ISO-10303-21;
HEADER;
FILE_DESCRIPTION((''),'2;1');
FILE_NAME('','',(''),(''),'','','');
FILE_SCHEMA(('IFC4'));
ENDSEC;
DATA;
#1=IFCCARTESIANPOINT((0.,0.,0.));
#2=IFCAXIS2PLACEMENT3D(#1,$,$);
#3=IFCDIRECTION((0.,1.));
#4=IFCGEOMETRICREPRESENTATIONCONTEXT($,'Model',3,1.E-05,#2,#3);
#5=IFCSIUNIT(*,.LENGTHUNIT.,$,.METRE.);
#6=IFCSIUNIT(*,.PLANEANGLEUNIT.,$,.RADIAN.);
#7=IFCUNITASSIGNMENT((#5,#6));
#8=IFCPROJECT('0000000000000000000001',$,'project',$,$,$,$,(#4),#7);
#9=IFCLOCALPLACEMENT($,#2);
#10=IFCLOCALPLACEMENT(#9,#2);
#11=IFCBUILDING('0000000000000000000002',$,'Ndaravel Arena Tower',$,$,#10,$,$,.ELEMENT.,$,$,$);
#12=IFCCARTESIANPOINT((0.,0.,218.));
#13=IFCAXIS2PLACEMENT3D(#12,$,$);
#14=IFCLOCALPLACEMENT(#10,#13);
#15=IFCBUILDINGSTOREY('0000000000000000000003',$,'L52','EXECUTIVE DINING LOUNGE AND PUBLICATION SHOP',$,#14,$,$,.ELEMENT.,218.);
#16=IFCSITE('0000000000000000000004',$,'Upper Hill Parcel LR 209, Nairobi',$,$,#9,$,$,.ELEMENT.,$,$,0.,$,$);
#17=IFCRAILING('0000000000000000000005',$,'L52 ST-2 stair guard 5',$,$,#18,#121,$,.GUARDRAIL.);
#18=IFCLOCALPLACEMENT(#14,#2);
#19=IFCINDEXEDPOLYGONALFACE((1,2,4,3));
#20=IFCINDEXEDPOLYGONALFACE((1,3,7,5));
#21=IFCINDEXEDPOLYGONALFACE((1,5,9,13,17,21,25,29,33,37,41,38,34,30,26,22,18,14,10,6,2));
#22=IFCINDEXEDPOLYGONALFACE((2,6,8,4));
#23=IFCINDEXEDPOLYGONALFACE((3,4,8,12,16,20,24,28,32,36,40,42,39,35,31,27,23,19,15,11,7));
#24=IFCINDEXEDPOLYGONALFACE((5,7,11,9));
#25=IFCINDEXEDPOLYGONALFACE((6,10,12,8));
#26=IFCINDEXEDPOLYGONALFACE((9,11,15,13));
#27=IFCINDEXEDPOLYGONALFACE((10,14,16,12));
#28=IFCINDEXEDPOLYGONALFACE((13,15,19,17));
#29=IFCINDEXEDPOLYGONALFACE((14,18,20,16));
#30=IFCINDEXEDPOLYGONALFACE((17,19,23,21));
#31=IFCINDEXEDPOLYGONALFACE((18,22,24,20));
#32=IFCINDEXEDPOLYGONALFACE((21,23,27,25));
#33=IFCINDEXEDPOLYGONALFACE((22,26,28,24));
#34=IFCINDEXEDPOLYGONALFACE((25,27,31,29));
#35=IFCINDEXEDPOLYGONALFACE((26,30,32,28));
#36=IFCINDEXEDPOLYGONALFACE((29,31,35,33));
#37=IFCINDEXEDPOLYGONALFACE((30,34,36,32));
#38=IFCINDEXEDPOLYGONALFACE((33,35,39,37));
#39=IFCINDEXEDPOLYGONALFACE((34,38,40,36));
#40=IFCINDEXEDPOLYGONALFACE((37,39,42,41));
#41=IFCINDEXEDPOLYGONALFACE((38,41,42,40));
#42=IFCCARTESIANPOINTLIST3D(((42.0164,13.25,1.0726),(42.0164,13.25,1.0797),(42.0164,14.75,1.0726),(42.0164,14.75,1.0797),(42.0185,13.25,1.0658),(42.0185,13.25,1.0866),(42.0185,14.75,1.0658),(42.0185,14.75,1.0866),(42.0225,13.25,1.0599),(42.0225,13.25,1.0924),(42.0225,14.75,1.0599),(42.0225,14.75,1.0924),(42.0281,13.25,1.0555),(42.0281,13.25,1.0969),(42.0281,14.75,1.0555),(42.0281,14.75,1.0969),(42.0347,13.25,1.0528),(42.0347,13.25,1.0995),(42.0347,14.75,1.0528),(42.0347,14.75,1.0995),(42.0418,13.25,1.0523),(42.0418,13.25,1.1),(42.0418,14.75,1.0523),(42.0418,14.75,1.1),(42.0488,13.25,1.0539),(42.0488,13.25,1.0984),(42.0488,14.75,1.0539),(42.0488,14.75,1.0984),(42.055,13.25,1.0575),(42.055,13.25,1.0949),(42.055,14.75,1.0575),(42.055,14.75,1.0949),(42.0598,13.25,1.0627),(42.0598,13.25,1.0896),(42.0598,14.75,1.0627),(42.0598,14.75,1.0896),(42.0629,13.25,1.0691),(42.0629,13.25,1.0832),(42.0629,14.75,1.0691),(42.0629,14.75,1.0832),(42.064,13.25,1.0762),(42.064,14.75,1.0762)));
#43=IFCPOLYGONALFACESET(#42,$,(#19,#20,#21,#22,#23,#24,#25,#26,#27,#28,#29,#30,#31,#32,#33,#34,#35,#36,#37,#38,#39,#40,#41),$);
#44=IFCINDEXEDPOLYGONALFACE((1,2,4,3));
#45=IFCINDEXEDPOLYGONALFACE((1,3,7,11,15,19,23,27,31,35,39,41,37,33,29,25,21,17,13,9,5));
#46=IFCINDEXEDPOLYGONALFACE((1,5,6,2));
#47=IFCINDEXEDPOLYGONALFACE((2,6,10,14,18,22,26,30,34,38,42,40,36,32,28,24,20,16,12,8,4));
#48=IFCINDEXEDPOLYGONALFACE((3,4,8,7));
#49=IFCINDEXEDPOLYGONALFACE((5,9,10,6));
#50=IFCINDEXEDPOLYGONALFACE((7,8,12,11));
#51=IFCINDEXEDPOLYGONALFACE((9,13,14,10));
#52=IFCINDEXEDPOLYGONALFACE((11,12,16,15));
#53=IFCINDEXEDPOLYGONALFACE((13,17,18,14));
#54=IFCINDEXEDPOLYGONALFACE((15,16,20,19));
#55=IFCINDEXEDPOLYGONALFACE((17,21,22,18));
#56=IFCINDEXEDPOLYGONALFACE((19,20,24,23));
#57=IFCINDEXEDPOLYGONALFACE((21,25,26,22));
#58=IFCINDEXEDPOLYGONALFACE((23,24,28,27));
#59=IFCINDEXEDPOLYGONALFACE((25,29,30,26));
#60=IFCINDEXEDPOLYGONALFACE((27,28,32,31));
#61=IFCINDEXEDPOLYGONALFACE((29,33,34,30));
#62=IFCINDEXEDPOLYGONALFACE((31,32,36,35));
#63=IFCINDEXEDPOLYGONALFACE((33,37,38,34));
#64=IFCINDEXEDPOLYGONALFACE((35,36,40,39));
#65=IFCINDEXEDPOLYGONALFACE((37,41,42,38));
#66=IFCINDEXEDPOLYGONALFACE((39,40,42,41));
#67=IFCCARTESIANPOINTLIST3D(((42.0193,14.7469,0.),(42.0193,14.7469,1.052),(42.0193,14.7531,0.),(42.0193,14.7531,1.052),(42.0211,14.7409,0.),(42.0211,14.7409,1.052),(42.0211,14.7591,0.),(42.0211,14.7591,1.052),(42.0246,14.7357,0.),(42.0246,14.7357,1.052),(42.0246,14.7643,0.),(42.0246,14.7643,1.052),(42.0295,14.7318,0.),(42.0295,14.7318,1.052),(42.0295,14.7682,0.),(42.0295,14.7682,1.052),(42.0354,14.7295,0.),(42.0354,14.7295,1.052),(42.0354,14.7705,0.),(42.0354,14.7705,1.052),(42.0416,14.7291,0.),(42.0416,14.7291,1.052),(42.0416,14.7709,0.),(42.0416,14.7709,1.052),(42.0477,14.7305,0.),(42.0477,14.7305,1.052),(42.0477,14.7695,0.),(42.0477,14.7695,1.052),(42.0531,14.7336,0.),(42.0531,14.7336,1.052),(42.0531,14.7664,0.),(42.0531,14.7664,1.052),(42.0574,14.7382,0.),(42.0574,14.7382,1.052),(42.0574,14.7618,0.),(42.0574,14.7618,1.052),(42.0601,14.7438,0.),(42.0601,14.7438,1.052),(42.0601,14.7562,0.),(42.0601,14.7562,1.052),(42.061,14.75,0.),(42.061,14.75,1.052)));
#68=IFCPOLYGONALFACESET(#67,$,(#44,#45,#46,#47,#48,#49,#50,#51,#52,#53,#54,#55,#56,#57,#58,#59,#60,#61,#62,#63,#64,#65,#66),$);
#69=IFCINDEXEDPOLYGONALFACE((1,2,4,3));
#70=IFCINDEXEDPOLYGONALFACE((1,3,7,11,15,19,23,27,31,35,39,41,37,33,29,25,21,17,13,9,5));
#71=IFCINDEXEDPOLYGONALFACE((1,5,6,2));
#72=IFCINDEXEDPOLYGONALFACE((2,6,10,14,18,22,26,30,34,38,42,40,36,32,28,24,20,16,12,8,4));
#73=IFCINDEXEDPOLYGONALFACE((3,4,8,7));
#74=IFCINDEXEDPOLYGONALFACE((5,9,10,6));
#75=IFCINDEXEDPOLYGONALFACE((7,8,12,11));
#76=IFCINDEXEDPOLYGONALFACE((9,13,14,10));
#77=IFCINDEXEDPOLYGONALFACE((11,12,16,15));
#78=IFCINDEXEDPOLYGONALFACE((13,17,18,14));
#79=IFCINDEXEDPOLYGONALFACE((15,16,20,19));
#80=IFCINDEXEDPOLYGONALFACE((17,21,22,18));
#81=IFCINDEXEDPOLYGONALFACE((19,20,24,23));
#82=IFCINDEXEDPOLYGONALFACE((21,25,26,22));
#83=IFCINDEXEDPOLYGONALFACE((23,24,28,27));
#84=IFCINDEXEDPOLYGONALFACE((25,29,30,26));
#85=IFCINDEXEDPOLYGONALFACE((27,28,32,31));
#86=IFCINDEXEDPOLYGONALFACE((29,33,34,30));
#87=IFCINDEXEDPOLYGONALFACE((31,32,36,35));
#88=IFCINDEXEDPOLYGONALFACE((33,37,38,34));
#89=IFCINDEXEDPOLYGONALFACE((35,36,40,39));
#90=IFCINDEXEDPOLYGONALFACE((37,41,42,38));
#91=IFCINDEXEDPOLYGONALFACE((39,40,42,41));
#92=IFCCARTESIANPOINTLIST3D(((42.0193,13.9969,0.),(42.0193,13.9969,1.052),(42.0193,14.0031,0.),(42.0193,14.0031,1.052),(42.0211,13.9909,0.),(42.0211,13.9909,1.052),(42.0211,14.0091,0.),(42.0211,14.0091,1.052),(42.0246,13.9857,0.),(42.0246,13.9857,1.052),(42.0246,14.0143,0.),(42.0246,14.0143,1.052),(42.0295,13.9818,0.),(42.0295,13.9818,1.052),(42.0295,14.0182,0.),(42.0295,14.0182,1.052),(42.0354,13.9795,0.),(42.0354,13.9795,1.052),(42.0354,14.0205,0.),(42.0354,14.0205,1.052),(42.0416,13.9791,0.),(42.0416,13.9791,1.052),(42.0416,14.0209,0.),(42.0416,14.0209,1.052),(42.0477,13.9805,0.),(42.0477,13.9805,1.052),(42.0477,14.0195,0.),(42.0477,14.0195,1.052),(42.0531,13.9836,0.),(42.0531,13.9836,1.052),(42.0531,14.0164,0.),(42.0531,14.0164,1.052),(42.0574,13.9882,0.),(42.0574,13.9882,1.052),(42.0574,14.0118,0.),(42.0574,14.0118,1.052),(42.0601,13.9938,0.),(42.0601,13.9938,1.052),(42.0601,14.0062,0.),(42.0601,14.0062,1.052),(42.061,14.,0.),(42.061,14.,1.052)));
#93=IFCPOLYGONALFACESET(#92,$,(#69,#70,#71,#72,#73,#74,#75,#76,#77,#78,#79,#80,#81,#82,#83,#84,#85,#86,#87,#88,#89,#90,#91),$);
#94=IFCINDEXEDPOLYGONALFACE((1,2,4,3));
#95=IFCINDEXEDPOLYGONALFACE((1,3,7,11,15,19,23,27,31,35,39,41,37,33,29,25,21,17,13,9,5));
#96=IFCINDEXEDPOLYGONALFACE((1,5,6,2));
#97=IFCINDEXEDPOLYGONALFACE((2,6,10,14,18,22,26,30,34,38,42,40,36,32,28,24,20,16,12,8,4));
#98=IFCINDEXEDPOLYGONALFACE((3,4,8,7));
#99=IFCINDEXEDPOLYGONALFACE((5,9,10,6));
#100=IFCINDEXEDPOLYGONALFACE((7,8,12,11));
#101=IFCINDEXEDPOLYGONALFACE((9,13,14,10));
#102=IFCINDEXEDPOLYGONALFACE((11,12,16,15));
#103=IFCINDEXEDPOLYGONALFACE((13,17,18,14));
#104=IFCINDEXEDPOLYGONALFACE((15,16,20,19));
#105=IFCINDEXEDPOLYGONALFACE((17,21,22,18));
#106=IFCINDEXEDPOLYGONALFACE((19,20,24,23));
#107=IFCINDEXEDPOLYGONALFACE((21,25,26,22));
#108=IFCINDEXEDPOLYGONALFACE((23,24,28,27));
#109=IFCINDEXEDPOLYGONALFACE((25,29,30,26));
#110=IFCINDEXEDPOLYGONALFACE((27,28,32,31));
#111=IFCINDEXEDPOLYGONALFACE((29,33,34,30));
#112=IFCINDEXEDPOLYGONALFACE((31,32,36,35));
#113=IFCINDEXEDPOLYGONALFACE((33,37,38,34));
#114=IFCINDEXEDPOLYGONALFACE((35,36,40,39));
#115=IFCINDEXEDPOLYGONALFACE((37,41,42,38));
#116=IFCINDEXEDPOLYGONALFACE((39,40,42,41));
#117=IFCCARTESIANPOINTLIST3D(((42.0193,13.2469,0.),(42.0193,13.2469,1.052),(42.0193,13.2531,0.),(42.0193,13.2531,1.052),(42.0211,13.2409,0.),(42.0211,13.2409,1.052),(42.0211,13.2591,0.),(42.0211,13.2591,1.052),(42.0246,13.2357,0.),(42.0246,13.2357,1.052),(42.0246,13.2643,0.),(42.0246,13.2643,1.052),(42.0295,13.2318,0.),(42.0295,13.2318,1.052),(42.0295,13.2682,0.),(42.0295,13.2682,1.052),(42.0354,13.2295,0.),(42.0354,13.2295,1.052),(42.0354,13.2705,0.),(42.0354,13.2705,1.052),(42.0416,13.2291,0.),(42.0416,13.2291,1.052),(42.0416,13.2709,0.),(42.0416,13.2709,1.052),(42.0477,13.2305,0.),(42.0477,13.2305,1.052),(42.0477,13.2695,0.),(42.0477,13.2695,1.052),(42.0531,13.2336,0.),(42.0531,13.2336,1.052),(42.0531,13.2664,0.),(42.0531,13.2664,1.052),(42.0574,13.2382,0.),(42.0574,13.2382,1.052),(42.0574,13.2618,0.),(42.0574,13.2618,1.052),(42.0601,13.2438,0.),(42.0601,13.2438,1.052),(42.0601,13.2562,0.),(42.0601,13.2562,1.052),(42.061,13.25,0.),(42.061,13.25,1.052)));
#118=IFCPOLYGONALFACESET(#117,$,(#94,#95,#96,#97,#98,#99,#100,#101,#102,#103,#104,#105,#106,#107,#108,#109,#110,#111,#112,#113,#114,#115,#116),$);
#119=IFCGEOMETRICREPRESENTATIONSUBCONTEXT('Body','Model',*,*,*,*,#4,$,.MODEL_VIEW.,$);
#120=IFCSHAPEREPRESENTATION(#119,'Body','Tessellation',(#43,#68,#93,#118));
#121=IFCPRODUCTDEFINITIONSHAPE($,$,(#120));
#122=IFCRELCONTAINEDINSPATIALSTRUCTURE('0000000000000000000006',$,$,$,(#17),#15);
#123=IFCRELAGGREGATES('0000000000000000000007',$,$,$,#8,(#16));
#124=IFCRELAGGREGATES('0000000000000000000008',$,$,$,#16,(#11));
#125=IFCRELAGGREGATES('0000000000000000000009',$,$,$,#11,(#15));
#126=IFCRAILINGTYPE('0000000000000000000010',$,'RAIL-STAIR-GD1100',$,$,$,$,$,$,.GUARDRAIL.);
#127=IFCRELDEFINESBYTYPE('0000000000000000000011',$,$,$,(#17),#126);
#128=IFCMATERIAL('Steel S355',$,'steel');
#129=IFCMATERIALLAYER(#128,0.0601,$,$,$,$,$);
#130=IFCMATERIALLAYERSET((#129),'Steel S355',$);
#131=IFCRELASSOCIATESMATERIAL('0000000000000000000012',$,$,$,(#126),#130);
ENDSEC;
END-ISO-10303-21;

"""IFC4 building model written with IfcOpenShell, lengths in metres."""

from ifc_helpers import new_model, si_unit, direction, frame, origin, origin_2d, place, context, subcontext, project, spatial, circle, extrude, material, layer, layer_set, type_object, element, save


model = new_model("IFC4")

# Units and contexts
model_context = context("Model", 3, precision=1e-05, world=origin(), true_north=direction((0.0, 1.0)))
body_context = subcontext(model_context, "Body", "Model", "MODEL_VIEW")
ifc_project = project(units=[si_unit("LENGTHUNIT", "METRE"), si_unit("PLANEANGLEUNIT", "RADIAN")], contexts=[model_context])

# Site, building, storey
site_placement = place(None, origin())
site = spatial("IfcSite", under=ifc_project, at=site_placement, Name="Upper Hill Parcel LR 209, Nairobi", CompositionType="ELEMENT", RefElevation=0.0)
building_placement = place(site_placement, origin())
building = spatial("IfcBuilding", under=site, at=building_placement, Name="Ndaravel Arena Tower", CompositionType="ELEMENT")
storey_placement = place(building_placement, frame((0.0, 0.0, 218.0)))
storey = spatial("IfcBuildingStorey", under=building, at=storey_placement, Name="L52", Description="EXECUTIVE DINING LOUNGE AND PUBLICATION SHOP", CompositionType="ELEMENT", Elevation=218.0)

# Railing
ifc_material_1 = material(Name="Steel S355", Category="steel")
ifc_layer_1 = layer(ifc_material_1, 0.0601)
ifc_layer_set_1 = layer_set([ifc_layer_1], Name="Steel S355")
railing_type = type_object("IfcRailingType", Name="RAIL-STAIR-GD1100", PredefinedType="GUARDRAIL", material=ifc_layer_set_1)
railing_1_placement = place(storey_placement, frame((42.04, 14.75, 0.0)))
element("IfcRailing", 1, at=railing_1_placement, inside=storey, type_object=railing_type, Name="L52 ST-2 stair guard 5", PredefinedType="GUARDRAIL", context=body_context, shape_type="SweptSolid", body=[
    extrude(circle(Radius=0.0239, at=origin_2d()), frame((0.0, 0.0, 1.0762), z_axis=(0.0, -1.0, 0.0), x_axis=(1.0, 0.0, 0.0)), (0.0, 0.0, 1.0), 1.5),
    extrude(circle(Radius=0.021, at=origin_2d()), origin(), (0.0, 0.0, 1.0), 1.052),
    extrude(circle(Radius=0.021, at=origin_2d()), frame((0.0, -0.75, 0.0)), (0.0, 0.0, 1.0), 1.052),
    extrude(circle(Radius=0.021, at=origin_2d()), frame((0.0, -1.5, 0.0)), (0.0, 0.0, 1.0), 1.052),
])

save(model, "model.ifc")
